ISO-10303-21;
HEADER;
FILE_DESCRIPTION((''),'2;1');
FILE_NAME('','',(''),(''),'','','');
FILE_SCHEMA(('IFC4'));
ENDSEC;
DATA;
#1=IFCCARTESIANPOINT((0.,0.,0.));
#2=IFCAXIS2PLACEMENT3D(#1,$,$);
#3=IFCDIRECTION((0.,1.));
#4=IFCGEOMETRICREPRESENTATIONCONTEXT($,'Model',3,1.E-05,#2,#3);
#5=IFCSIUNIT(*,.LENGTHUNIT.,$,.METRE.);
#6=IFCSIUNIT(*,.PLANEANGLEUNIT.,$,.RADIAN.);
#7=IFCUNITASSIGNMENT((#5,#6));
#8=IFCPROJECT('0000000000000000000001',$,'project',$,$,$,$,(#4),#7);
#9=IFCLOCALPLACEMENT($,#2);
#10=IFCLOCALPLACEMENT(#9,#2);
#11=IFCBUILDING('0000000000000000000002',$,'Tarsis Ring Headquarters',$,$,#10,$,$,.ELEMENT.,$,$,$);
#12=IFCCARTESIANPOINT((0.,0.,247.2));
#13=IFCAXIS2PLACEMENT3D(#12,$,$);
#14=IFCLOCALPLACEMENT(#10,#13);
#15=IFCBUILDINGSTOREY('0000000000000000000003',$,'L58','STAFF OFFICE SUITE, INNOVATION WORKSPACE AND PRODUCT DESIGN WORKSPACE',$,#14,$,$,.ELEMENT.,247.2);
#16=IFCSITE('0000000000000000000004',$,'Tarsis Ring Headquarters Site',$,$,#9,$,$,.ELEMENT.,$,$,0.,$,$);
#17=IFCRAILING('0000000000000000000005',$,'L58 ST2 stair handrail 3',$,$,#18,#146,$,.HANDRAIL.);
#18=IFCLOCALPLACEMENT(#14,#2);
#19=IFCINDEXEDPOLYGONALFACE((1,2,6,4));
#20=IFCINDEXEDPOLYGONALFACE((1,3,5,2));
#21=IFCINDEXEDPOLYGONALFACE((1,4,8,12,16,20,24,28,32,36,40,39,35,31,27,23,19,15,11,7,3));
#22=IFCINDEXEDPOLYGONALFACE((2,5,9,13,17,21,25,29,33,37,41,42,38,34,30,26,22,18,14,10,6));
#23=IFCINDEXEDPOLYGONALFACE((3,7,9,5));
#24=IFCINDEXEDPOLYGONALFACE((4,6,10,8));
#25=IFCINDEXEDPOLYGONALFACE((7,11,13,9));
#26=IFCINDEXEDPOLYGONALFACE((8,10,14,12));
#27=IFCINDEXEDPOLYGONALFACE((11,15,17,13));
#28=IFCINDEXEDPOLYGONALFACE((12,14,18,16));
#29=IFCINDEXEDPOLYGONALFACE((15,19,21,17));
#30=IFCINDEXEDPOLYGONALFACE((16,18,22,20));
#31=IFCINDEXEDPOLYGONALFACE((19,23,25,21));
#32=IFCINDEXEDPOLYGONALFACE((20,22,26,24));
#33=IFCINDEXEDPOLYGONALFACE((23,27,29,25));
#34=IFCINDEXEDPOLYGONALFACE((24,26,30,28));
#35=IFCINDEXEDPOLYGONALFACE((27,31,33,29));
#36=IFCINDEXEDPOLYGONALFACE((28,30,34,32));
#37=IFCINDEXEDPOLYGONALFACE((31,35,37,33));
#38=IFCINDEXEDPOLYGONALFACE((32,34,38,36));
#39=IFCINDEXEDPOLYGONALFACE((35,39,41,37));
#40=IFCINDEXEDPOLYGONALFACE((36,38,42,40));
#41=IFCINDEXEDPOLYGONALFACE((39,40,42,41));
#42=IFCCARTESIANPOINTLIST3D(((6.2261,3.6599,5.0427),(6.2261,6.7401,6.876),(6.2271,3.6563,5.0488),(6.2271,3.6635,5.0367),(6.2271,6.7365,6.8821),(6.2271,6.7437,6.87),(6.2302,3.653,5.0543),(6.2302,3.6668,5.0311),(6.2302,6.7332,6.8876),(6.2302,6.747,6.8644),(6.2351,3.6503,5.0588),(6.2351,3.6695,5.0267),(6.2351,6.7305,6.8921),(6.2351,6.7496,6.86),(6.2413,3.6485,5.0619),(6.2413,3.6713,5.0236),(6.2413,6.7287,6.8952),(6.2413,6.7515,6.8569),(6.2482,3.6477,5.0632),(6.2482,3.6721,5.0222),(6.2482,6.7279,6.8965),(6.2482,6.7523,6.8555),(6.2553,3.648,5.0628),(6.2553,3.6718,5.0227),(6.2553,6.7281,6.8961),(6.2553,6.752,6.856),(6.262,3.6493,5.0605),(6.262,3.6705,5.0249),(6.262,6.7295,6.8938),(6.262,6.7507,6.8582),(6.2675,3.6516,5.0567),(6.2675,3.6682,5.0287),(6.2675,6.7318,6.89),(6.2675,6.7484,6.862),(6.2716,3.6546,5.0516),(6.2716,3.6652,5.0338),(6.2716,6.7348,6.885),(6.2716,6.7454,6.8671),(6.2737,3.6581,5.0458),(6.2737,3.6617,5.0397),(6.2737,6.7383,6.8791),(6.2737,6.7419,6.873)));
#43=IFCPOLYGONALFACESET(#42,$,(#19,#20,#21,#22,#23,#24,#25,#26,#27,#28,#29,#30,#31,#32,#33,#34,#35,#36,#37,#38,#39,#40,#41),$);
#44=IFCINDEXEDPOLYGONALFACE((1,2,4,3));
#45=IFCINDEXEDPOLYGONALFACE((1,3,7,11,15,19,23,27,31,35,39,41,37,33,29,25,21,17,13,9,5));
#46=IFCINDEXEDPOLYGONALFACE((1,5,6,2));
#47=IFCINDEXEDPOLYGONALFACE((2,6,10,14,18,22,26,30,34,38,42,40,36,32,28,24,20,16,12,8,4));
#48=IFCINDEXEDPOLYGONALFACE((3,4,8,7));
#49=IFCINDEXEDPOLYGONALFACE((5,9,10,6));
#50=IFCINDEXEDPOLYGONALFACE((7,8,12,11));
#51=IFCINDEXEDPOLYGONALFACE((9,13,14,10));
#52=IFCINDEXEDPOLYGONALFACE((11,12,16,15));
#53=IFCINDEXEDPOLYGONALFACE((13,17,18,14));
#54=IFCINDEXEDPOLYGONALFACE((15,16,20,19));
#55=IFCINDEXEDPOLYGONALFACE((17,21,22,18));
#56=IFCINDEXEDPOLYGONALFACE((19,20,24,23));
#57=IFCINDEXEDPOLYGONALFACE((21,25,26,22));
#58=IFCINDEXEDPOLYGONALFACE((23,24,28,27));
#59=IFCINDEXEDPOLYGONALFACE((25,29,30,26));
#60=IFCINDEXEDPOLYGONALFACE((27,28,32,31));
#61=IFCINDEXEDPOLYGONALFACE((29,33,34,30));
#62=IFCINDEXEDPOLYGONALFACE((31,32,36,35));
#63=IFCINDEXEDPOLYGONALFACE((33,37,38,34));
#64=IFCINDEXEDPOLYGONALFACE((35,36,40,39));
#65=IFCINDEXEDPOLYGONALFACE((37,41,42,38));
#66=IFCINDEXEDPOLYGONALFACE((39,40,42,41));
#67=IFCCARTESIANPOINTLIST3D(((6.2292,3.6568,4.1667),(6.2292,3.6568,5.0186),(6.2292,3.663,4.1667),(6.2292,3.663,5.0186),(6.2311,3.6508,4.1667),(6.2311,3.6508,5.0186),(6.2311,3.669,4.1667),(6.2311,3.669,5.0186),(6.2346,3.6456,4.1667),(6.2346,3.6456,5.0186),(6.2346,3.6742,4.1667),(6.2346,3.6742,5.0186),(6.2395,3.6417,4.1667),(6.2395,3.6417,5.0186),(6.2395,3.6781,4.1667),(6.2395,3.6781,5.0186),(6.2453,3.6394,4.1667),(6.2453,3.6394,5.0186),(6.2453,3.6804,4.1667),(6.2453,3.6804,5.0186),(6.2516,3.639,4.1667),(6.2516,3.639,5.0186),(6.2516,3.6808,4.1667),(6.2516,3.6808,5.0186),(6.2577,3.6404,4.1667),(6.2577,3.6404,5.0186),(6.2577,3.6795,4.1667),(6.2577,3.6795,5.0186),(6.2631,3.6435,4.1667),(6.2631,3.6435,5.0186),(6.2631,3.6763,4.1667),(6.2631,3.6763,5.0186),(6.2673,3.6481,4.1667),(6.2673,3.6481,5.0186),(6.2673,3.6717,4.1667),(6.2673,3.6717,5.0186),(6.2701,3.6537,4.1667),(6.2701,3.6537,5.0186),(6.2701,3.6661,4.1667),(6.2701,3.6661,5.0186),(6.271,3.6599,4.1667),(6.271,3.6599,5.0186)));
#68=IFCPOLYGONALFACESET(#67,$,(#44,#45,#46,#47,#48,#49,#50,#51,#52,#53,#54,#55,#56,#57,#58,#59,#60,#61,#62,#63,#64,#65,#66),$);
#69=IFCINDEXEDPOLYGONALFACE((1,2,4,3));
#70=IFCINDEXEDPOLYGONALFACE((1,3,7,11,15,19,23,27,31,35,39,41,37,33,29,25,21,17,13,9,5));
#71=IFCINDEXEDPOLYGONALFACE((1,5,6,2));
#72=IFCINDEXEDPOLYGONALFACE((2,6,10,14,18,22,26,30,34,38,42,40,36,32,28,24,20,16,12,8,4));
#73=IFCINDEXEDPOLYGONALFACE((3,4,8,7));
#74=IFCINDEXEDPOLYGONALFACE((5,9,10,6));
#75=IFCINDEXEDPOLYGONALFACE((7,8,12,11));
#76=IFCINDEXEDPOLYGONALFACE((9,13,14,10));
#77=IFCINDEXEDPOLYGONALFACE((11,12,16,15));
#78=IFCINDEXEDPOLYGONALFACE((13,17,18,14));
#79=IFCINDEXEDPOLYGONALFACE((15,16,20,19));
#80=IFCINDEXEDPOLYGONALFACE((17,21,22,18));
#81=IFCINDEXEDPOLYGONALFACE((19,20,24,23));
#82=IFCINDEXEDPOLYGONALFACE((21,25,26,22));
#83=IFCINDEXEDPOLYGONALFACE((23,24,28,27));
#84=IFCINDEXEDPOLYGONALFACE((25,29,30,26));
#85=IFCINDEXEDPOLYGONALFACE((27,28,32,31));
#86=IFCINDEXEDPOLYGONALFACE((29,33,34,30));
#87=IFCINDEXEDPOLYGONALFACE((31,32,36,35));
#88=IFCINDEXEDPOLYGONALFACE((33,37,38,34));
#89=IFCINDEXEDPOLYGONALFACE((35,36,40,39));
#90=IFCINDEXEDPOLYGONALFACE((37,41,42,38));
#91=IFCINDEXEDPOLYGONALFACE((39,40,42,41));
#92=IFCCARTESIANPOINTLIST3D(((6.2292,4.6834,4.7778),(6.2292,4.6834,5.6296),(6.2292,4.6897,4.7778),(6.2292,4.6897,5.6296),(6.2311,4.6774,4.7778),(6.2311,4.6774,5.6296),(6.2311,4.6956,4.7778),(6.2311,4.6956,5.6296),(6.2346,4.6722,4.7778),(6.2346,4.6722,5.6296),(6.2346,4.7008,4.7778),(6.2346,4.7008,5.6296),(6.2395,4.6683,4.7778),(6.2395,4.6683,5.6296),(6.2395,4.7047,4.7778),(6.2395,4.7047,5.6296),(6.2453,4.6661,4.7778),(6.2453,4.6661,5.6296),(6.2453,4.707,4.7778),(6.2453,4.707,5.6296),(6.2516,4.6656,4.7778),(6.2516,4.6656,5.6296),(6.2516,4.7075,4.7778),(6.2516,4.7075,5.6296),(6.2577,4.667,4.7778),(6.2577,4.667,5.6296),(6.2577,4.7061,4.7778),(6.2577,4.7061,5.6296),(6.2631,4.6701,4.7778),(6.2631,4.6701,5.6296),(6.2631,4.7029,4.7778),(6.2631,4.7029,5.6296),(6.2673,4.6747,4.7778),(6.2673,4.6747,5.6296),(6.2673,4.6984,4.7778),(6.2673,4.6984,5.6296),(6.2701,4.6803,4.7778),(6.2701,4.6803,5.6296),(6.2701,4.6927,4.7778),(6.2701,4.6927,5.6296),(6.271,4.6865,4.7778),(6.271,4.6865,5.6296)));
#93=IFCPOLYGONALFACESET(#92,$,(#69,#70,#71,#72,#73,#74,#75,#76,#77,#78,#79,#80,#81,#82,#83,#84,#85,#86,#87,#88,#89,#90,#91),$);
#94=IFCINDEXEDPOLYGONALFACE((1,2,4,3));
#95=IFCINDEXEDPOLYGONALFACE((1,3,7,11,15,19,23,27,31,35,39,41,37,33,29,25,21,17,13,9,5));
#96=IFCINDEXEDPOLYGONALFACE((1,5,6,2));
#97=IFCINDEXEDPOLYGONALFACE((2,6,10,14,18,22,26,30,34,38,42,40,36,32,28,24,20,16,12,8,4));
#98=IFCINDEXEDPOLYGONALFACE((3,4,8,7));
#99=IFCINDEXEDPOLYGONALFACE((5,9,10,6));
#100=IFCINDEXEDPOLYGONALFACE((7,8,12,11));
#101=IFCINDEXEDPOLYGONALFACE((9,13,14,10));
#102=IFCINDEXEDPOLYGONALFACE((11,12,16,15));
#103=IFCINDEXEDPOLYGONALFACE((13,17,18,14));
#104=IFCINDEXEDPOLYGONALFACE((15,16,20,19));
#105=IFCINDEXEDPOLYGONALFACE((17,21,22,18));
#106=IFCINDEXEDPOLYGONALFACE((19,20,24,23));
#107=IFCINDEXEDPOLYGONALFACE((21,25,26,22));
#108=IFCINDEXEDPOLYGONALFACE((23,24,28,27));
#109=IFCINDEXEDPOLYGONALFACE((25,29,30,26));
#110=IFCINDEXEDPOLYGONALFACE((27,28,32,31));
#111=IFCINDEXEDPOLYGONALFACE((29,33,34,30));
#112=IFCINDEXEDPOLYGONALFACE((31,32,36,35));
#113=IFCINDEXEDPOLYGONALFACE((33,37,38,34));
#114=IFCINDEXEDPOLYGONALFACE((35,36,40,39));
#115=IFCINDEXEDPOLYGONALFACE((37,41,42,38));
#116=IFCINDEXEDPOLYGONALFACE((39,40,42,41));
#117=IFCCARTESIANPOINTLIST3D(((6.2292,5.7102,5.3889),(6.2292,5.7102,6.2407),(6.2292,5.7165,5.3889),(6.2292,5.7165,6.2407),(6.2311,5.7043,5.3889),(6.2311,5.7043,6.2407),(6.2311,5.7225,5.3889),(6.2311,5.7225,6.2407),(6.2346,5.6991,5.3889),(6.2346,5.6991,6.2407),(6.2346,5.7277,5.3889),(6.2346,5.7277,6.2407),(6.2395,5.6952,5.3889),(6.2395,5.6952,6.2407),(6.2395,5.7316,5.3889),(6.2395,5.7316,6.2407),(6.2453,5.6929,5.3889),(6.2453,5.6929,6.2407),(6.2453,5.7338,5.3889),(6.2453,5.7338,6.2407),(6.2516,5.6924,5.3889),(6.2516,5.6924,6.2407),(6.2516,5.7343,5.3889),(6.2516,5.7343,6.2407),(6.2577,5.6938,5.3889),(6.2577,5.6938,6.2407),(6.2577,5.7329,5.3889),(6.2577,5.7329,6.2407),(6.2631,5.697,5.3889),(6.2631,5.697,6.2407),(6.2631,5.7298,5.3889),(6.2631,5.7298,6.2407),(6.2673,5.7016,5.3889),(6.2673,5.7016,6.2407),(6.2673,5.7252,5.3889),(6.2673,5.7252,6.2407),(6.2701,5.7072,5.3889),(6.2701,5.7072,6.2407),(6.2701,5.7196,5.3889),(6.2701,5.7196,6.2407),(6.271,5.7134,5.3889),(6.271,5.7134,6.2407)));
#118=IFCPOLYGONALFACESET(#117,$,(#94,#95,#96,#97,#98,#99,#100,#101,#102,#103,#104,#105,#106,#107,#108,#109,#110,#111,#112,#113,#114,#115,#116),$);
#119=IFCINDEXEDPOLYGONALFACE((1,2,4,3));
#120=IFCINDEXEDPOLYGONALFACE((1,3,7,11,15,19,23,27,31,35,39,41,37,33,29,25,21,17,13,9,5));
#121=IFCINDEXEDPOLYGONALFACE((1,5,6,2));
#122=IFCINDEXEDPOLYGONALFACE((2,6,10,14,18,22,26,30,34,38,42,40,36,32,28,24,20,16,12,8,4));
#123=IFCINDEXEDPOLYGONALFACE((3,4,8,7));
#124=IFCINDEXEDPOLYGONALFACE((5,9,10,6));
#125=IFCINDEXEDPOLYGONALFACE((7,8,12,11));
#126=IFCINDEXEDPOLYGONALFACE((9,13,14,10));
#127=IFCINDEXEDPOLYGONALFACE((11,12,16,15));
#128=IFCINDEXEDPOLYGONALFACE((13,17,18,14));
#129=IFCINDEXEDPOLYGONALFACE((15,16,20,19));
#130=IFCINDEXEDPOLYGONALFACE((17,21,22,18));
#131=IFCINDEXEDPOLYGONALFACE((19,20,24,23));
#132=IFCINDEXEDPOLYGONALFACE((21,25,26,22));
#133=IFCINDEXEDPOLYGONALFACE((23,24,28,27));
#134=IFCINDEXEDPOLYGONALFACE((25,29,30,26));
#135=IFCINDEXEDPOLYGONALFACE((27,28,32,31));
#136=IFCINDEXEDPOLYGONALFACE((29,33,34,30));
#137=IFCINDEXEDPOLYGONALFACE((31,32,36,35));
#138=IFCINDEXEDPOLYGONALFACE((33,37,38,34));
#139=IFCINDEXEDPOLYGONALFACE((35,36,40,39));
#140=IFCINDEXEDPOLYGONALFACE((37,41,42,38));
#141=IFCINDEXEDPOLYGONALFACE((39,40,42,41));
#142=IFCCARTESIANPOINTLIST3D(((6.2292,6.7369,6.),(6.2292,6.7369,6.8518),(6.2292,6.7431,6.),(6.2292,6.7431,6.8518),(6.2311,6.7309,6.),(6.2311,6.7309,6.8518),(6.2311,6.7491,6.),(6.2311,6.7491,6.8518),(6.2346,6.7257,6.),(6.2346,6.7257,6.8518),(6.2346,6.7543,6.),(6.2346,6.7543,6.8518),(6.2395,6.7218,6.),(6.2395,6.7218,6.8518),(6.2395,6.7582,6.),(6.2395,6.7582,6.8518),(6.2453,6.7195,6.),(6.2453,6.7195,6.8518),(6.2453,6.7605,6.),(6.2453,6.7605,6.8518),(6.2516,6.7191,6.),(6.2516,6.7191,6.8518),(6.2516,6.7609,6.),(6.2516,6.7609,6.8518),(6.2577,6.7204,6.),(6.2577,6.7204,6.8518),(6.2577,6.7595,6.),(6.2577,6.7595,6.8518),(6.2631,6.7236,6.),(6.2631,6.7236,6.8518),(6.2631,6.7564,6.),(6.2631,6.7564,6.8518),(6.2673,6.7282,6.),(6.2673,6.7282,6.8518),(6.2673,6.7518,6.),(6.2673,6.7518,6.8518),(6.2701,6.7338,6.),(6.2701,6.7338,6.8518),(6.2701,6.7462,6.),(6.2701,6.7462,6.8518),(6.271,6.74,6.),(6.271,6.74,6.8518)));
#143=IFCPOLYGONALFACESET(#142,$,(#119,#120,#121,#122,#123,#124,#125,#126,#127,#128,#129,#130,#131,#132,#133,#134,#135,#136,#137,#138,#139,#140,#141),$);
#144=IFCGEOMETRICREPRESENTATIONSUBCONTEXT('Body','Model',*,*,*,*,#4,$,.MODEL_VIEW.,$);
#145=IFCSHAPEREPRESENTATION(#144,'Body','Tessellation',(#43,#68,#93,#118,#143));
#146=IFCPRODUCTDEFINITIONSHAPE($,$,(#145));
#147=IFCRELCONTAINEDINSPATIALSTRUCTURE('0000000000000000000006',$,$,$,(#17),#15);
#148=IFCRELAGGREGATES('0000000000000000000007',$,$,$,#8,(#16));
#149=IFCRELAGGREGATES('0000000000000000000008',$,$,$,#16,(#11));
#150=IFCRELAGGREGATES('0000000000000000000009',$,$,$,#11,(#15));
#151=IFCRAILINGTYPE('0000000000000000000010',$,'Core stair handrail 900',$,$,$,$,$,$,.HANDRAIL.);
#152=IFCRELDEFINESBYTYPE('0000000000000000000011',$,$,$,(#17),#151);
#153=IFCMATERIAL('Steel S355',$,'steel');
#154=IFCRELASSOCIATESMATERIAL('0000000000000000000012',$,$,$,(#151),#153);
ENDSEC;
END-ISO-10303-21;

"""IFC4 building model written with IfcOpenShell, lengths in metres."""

from ifc_helpers import new_model, si_unit, direction, frame, origin, origin_2d, place, context, subcontext, project, spatial, circle, extrude, material, type_object, element, save


model = new_model("IFC4")

# Units and contexts
model_context = context("Model", 3, precision=1e-05, world=origin(), true_north=direction((0.0, 1.0)))
body_context = subcontext(model_context, "Body", "Model", "MODEL_VIEW")
ifc_project = project(units=[si_unit("LENGTHUNIT", "METRE"), si_unit("PLANEANGLEUNIT", "RADIAN")], contexts=[model_context])

# Site, building, storey
site_placement = place(None, origin())
site = spatial("IfcSite", under=ifc_project, at=site_placement, Name="Tarsis Ring Headquarters Site", CompositionType="ELEMENT", RefElevation=0.0)
building_placement = place(site_placement, origin())
building = spatial("IfcBuilding", under=site, at=building_placement, Name="Tarsis Ring Headquarters", CompositionType="ELEMENT")
storey_placement = place(building_placement, frame((0.0, 0.0, 247.2)))
storey = spatial("IfcBuildingStorey", under=building, at=storey_placement, Name="L58", Description="STAFF OFFICE SUITE, INNOVATION WORKSPACE AND PRODUCT DESIGN WORKSPACE", CompositionType="ELEMENT", Elevation=247.2)

# Railing
ifc_material_1 = material(Name="Steel S355", Category="steel")
railing_type_1 = type_object("IfcRailingType", Name="Core stair handrail 900", PredefinedType="HANDRAIL", material=ifc_material_1)
railing_1_placement = place(storey_placement, frame((6.25, 3.6599, 4.1667)))
element("IfcRailing", 1, at=railing_1_placement, inside=storey, type_object=railing_type_1, Name="L58 ST2 stair handrail 3", PredefinedType="HANDRAIL", context=body_context, shape_type="SweptSolid", body=[
    extrude(circle(Radius=0.0239, at=origin_2d()), frame((0.0, 0.0, 0.876), z_axis=(0.0, 0.859309, 0.511458), x_axis=(-1.0, 0.0, 0.0)), (0.0, 0.0, 1.0), 3.5845),
    extrude(circle(Radius=0.021, at=origin_2d()), origin(), (0.0, 0.0, 1.0), 0.8518),
    extrude(circle(Radius=0.021, at=origin_2d()), frame((0.0, 1.0266, 0.6111)), (0.0, 0.0, 1.0), 0.8518),
    extrude(circle(Radius=0.021, at=origin_2d()), frame((0.0, 2.0535, 1.2222)), (0.0, 0.0, 1.0), 0.8518),
    extrude(circle(Radius=0.021, at=origin_2d()), frame((0.0, 3.0801, 1.8333)), (0.0, 0.0, 1.0), 0.8518),
])

save(model, "model.ifc")
